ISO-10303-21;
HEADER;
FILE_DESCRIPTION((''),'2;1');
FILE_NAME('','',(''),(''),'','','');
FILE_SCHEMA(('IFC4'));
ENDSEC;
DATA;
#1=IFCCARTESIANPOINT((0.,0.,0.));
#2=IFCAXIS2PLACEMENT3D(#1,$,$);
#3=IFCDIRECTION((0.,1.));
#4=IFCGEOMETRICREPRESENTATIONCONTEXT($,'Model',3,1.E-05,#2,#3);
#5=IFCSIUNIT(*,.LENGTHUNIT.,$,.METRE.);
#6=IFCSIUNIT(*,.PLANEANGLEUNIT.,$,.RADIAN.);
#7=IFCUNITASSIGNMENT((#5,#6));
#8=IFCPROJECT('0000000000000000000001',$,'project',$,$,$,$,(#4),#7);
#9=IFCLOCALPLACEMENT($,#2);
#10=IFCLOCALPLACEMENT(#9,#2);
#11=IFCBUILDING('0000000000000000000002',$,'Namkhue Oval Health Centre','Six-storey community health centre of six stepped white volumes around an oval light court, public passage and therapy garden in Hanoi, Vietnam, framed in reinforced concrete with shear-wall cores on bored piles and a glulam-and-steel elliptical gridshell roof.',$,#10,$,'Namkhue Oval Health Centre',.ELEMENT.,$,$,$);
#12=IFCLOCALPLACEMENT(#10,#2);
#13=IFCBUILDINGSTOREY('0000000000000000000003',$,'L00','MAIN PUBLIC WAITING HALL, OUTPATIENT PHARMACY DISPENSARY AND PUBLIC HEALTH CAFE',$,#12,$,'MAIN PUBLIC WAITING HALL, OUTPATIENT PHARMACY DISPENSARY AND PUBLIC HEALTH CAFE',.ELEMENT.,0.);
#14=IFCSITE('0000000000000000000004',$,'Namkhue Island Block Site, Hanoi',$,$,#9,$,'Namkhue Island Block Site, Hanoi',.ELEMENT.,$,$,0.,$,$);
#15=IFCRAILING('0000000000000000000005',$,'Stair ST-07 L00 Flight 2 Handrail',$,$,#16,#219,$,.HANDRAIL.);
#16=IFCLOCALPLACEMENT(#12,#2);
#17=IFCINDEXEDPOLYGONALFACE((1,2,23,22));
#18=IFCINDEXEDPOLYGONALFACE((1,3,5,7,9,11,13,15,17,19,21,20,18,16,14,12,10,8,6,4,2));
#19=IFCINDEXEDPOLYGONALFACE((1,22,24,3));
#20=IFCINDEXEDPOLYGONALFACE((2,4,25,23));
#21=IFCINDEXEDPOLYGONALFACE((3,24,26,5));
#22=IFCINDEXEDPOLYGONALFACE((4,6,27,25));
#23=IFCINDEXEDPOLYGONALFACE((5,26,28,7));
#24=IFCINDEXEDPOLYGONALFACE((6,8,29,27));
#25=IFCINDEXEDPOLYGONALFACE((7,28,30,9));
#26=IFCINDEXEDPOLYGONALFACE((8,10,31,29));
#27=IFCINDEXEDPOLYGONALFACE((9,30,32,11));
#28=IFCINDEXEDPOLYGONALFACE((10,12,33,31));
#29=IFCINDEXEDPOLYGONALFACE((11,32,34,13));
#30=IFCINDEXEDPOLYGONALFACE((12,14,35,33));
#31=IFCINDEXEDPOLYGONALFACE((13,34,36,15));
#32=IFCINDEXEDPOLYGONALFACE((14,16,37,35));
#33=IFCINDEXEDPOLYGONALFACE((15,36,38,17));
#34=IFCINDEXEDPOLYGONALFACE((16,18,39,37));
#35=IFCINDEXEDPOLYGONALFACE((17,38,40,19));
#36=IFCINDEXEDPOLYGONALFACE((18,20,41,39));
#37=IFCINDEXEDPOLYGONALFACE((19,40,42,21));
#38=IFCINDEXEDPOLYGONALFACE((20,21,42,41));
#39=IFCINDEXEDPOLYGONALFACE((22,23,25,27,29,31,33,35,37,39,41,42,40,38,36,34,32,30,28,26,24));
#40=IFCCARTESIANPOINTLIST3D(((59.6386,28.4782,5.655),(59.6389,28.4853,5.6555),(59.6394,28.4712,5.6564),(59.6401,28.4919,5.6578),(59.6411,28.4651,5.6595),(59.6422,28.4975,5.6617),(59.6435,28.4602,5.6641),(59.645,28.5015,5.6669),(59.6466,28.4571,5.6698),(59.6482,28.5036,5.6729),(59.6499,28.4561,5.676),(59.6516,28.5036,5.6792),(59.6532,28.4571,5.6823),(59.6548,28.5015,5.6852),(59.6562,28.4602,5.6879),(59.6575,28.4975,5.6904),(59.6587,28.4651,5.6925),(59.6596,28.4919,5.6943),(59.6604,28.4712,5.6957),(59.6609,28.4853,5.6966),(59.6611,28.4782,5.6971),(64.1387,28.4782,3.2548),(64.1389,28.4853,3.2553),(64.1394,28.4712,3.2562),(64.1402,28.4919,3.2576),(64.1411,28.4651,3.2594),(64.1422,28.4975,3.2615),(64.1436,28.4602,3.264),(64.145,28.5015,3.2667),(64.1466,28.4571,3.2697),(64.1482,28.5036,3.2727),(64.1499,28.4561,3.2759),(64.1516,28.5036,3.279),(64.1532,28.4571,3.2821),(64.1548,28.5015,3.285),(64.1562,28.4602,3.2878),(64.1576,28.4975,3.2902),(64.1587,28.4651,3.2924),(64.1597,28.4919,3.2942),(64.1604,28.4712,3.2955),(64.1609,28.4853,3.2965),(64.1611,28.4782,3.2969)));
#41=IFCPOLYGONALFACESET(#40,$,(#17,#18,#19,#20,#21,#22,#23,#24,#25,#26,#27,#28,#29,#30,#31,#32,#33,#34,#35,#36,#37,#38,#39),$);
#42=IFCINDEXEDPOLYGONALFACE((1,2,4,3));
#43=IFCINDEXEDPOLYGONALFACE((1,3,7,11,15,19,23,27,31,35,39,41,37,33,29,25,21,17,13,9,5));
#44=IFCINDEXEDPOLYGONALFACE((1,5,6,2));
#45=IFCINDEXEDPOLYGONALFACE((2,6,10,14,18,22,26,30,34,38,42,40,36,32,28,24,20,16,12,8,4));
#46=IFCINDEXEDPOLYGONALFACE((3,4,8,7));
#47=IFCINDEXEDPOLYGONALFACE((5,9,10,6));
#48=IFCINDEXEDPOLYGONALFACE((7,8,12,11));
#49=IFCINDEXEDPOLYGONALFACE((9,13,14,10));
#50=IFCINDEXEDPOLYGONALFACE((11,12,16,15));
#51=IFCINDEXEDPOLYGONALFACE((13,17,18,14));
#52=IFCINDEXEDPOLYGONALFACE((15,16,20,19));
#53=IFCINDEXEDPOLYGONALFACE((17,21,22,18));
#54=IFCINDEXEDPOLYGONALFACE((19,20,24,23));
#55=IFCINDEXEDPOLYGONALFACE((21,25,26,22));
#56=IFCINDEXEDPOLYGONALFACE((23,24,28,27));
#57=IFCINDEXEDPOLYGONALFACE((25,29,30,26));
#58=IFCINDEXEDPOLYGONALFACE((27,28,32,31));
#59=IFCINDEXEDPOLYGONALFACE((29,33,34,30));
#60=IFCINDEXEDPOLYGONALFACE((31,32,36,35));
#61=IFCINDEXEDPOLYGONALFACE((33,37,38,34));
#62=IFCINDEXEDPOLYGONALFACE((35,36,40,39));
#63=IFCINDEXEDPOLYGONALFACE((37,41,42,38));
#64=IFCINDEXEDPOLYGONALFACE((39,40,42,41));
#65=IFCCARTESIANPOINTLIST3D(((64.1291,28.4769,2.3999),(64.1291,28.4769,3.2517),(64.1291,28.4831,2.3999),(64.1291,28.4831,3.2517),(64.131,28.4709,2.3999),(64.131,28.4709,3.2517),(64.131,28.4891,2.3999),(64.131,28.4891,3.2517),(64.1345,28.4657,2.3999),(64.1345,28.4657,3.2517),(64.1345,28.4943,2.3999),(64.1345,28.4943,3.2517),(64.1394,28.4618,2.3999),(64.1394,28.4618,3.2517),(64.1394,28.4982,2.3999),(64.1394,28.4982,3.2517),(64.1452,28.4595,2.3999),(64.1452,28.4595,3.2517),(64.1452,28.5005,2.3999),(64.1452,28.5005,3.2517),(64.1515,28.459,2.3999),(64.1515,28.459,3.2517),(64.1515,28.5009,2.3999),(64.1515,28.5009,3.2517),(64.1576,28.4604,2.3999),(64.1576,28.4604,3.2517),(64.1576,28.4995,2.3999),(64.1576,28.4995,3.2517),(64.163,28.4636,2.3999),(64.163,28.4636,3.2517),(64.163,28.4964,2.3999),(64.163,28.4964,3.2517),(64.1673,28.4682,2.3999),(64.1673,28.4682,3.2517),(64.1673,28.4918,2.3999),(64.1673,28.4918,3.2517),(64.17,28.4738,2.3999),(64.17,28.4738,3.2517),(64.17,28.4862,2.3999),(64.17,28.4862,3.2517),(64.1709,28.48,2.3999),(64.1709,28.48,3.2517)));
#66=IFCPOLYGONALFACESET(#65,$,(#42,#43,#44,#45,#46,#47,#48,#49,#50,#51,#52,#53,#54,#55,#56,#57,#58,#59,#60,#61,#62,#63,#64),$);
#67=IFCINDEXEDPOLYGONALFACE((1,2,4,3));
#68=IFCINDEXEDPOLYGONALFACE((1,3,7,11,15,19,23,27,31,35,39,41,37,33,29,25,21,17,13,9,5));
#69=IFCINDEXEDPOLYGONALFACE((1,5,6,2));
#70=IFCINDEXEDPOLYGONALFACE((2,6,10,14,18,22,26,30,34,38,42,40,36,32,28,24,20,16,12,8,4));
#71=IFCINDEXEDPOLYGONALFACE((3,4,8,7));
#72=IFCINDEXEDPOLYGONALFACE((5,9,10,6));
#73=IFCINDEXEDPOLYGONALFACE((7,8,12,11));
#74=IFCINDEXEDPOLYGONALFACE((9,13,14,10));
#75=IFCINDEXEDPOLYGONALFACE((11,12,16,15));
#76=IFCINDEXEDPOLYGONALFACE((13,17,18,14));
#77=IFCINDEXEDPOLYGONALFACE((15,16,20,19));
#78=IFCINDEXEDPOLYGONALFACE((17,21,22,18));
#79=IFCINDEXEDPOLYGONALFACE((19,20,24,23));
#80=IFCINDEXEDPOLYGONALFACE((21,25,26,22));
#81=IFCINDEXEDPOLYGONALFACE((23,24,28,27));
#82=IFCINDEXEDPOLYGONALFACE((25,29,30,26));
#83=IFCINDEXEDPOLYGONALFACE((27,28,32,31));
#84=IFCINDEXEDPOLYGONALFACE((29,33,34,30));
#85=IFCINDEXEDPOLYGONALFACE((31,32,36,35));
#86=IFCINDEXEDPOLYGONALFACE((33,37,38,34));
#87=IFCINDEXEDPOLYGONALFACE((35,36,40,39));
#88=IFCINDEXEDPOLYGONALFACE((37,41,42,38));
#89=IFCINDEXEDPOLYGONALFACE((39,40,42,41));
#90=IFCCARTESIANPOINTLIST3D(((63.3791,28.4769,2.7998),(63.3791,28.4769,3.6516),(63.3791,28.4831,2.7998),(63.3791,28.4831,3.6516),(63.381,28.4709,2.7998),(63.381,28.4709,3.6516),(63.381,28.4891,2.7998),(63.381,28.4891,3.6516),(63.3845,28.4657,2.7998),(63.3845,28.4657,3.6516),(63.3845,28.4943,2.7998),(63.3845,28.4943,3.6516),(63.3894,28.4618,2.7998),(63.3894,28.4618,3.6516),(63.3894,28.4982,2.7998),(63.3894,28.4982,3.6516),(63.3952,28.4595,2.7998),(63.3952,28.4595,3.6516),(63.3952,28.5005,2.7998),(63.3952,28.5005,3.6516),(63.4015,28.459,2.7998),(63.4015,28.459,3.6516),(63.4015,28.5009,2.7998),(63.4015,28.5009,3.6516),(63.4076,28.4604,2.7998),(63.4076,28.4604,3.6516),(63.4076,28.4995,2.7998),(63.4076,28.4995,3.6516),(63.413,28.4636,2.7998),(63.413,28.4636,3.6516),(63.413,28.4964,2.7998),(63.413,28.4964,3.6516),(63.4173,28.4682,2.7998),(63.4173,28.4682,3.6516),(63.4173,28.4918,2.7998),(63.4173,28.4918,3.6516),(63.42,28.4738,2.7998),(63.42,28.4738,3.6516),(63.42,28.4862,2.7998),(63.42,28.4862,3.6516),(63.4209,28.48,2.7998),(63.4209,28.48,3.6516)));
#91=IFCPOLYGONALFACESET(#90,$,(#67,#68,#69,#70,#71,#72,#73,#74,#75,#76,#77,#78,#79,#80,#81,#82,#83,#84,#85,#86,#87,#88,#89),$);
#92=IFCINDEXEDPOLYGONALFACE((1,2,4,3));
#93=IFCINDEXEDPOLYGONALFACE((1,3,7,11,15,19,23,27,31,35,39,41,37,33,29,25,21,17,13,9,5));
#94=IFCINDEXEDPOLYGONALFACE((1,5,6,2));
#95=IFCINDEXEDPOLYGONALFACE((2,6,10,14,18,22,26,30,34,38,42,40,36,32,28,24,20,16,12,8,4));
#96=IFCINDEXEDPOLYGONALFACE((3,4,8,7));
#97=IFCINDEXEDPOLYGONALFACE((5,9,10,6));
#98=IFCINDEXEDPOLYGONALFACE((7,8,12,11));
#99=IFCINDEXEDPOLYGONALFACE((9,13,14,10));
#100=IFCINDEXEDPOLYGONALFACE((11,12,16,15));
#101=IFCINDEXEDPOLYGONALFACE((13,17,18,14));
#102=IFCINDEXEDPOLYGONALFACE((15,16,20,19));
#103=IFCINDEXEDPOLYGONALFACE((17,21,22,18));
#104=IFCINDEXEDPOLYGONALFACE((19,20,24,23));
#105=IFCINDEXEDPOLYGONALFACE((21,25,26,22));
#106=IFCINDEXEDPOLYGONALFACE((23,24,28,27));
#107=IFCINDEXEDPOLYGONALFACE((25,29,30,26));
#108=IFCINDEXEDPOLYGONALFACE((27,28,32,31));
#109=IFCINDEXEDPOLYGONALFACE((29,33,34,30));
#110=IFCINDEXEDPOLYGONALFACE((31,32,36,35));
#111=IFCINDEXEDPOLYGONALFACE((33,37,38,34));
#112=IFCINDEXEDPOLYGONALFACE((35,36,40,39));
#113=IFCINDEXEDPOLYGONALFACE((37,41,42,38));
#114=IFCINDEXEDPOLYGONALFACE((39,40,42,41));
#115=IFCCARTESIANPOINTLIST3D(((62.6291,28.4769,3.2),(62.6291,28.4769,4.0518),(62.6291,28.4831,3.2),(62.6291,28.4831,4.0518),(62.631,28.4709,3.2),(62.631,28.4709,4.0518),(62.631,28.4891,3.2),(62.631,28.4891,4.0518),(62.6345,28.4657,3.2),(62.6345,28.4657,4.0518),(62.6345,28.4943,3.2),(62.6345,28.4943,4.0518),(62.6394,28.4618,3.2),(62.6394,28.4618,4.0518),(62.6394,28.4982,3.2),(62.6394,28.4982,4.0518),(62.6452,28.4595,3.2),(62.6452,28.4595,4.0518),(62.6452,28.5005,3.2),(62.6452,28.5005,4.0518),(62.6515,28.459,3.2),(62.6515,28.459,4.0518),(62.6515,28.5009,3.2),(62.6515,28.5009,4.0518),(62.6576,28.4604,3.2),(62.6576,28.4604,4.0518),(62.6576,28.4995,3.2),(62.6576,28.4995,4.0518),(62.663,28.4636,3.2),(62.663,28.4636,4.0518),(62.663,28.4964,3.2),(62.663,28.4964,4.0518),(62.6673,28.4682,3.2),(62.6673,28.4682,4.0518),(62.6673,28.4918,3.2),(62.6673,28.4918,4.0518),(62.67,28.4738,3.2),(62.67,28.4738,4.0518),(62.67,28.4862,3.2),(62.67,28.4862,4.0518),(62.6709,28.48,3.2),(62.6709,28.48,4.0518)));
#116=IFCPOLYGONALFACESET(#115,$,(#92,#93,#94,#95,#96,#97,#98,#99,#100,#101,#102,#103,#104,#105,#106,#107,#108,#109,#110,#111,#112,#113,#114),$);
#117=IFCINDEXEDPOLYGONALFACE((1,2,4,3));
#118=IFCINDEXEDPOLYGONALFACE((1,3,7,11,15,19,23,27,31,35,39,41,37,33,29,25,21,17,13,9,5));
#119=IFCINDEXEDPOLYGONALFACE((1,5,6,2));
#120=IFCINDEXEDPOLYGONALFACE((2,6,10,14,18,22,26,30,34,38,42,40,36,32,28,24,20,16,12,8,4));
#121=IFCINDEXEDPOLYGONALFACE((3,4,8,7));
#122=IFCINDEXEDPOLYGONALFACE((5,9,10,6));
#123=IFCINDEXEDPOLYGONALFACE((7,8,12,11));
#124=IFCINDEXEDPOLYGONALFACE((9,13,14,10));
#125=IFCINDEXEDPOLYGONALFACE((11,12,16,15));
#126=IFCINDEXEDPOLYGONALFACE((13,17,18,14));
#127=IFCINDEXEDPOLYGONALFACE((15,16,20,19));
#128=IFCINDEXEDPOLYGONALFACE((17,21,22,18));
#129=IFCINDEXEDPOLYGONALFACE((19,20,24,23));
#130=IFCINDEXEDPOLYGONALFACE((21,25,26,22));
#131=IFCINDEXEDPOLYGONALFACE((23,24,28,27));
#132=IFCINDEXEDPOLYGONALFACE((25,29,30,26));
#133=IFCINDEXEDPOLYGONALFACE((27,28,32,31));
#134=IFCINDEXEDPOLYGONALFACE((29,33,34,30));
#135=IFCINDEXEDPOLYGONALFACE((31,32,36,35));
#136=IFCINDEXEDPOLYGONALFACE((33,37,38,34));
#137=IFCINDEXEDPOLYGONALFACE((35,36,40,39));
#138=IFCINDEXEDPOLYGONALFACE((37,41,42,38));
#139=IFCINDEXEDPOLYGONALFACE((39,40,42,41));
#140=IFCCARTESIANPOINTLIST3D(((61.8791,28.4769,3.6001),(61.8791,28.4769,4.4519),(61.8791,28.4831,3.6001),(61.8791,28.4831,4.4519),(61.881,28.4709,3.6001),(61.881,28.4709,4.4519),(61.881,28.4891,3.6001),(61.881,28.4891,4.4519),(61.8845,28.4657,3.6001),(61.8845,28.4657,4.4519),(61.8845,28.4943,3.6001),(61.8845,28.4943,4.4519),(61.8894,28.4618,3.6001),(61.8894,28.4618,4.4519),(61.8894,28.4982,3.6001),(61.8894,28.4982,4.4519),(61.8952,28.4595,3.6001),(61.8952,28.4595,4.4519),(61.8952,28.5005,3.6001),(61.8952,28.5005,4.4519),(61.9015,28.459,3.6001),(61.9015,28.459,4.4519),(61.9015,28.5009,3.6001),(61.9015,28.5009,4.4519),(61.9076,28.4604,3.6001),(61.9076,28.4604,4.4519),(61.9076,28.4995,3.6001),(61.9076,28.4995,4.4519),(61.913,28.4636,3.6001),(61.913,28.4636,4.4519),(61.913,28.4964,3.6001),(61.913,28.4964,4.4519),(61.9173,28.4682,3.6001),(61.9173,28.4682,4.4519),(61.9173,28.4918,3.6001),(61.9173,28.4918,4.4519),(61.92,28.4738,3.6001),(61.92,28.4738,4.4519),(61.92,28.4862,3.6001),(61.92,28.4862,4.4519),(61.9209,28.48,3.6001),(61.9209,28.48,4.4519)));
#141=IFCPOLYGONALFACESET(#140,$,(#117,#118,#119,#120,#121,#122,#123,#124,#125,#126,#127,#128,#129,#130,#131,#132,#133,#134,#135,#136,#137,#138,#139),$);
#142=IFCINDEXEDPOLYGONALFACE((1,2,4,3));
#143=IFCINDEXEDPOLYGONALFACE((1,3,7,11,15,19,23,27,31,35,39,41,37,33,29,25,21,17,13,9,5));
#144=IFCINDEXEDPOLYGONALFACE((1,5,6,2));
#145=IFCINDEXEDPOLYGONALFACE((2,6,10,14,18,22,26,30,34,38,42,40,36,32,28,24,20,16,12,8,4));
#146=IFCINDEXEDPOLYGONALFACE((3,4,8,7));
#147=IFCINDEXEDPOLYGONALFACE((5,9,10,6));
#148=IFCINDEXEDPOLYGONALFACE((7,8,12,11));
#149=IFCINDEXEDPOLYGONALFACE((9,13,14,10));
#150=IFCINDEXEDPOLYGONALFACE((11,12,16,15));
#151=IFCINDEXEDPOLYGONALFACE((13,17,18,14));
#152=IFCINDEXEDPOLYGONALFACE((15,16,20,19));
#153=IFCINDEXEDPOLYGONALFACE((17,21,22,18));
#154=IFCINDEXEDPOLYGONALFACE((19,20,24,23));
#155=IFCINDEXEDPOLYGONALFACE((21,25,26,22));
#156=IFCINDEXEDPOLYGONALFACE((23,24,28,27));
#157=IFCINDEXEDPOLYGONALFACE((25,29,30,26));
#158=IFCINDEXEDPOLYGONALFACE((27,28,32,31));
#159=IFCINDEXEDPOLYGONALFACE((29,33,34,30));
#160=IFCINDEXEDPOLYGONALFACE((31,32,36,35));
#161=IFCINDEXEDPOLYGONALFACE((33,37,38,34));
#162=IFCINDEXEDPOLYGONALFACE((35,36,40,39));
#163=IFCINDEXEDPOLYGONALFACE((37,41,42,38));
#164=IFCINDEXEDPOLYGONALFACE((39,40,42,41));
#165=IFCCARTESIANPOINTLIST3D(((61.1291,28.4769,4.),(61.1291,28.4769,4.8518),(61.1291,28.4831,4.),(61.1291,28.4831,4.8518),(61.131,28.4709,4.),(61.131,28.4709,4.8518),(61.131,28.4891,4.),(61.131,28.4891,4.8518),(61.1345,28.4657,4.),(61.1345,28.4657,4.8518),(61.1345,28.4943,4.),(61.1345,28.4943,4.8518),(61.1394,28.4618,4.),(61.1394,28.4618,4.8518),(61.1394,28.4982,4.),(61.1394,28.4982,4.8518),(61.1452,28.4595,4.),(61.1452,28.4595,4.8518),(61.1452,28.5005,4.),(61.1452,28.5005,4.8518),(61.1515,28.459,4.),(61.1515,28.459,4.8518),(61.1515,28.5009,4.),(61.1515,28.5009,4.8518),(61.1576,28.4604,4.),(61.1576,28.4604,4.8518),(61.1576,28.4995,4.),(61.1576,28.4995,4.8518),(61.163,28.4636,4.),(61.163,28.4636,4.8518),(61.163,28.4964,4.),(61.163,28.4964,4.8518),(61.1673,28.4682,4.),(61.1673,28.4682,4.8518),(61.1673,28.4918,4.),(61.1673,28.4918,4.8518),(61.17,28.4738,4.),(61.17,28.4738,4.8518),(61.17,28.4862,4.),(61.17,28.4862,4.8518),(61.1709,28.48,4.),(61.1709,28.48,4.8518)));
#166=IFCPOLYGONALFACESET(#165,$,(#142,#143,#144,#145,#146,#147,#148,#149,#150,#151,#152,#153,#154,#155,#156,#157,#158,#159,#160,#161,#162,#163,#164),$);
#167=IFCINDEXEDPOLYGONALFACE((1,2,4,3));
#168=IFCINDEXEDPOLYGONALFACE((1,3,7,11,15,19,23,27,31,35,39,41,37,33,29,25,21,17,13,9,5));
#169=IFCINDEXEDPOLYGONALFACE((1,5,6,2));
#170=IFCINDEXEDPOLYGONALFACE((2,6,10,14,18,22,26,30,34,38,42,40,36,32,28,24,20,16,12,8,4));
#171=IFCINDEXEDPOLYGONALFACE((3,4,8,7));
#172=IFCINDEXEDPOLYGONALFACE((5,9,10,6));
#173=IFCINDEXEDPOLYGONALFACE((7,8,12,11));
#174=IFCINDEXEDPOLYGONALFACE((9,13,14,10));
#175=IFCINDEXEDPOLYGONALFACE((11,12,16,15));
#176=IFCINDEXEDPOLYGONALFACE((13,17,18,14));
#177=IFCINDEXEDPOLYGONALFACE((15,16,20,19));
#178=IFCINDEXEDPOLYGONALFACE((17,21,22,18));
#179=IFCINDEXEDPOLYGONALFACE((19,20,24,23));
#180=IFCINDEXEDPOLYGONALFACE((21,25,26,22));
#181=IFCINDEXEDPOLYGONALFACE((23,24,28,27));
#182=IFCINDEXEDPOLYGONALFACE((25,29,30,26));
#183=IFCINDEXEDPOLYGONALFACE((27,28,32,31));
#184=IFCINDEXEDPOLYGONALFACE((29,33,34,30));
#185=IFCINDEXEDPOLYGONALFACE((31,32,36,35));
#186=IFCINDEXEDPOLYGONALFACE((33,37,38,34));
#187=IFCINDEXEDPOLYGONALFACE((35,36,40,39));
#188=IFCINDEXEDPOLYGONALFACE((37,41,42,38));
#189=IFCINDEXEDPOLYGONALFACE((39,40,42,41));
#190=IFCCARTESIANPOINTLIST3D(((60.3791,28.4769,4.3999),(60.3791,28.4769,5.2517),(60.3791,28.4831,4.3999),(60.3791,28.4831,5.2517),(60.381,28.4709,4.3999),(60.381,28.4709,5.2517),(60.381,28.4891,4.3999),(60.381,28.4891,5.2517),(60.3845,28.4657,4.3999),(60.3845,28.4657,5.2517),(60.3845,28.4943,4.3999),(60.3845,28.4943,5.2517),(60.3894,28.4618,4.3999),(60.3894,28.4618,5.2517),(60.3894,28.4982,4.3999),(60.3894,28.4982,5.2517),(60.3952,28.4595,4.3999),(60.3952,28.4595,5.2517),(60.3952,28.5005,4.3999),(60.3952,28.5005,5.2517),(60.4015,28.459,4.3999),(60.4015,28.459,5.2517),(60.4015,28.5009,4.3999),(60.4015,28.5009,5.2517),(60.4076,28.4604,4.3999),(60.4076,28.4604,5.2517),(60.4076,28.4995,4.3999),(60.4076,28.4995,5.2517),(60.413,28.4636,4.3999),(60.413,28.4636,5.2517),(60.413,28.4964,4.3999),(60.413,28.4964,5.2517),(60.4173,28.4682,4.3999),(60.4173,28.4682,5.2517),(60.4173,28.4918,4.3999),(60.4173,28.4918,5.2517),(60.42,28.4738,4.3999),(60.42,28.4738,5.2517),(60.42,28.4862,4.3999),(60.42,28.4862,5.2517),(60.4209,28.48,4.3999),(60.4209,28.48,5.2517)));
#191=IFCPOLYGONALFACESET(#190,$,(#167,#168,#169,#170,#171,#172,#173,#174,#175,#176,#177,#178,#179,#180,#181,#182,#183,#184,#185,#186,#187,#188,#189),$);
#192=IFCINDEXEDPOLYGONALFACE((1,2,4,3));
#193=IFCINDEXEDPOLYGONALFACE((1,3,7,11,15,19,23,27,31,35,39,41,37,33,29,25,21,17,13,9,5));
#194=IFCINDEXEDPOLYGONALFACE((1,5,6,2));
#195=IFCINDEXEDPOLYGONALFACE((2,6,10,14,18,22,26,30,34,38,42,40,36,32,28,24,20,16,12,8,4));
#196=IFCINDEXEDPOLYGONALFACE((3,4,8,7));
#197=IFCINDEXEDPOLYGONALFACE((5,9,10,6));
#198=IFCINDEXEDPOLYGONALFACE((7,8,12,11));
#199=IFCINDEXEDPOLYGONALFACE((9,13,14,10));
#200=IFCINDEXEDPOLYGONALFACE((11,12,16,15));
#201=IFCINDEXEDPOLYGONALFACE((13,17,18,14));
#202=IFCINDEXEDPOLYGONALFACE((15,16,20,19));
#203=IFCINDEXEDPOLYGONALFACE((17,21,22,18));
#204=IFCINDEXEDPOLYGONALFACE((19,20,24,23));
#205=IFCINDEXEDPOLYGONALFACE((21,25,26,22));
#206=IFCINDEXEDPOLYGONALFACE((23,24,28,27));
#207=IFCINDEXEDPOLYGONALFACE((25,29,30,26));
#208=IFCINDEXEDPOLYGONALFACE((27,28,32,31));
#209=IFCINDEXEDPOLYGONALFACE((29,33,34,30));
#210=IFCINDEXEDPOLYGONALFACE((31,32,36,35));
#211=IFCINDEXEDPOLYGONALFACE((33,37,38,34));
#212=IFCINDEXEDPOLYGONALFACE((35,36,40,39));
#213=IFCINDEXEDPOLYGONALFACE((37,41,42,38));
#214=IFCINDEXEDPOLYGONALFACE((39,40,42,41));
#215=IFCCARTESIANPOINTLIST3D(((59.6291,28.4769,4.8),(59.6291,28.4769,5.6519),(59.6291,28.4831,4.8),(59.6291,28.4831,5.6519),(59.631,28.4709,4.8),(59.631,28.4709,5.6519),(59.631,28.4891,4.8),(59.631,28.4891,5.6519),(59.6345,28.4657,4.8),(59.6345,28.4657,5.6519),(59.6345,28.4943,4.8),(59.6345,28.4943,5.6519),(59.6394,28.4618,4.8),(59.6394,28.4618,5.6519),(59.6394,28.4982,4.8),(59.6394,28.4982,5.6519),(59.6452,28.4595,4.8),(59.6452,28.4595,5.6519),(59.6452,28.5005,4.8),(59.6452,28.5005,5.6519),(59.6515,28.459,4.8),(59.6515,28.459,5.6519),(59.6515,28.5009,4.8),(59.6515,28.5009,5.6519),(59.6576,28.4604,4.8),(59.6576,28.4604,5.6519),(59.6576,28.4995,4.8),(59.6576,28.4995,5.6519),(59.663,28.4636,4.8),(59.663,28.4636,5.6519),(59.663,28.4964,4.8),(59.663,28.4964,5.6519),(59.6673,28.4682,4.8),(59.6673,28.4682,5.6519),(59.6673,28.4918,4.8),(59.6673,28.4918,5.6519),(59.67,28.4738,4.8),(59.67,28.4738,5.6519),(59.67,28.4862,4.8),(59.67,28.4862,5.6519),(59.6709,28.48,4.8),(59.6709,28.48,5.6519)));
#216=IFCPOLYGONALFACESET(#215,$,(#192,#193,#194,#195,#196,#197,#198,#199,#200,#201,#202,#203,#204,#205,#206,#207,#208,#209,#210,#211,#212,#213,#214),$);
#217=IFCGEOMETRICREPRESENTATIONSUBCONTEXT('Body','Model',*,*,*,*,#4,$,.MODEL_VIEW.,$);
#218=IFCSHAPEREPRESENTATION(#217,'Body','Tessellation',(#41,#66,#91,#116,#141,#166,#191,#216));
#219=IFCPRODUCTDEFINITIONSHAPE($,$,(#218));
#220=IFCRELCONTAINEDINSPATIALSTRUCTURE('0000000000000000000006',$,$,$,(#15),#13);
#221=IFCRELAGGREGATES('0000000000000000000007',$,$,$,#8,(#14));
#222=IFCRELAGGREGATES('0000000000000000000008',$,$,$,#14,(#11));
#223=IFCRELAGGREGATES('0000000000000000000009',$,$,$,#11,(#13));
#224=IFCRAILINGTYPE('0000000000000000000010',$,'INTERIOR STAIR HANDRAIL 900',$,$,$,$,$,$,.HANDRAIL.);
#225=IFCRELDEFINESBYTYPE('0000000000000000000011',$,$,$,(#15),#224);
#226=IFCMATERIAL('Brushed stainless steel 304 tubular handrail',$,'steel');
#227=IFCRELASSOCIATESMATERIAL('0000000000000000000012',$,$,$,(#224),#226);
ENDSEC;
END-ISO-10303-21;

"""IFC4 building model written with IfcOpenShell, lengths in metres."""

from ifc_helpers import new_model, si_unit, direction, frame, origin, origin_2d, place, context, subcontext, project, spatial, circle, extrude, material, type_object, element, save


model = new_model("IFC4")

# Units and contexts
model_context = context("Model", 3, precision=1e-05, world=origin(), true_north=direction((0.0, 1.0)))
body_context = subcontext(model_context, "Body", "Model", "MODEL_VIEW")
ifc_project = project(units=[si_unit("LENGTHUNIT", "METRE"), si_unit("PLANEANGLEUNIT", "RADIAN")], contexts=[model_context])

# Site, building, storey
site_placement = place(None, origin())
site = spatial("IfcSite", under=ifc_project, at=site_placement, Name="Namkhue Island Block Site, Hanoi", LongName="Namkhue Island Block Site, Hanoi", CompositionType="ELEMENT", RefElevation=0.0)
building_placement = place(site_placement, origin())
building = spatial("IfcBuilding", under=site, at=building_placement, Name="Namkhue Oval Health Centre", Description="Six-storey community health centre of six stepped white volumes around an oval light court, public passage and therapy garden in Hanoi, Vietnam, framed in reinforced concrete with shear-wall cores on bored piles and a glulam-and-steel elliptical gridshell roof.", LongName="Namkhue Oval Health Centre", CompositionType="ELEMENT")
storey_placement = place(building_placement, origin())
storey = spatial("IfcBuildingStorey", under=building, at=storey_placement, Name="L00", Description="MAIN PUBLIC WAITING HALL, OUTPATIENT PHARMACY DISPENSARY AND PUBLIC HEALTH CAFE", LongName="MAIN PUBLIC WAITING HALL, OUTPATIENT PHARMACY DISPENSARY AND PUBLIC HEALTH CAFE", CompositionType="ELEMENT", Elevation=0.0)

# Railing
ifc_material_1 = material(Name="Brushed stainless steel 304 tubular handrail", Category="steel")
railing_type_1 = type_object("IfcRailingType", Name="INTERIOR STAIR HANDRAIL 900", PredefinedType="HANDRAIL", material=ifc_material_1)
railing_1_placement = place(storey_placement, frame((64.1499, 28.48, 2.3999)))
element("IfcRailing", 1, at=railing_1_placement, inside=storey, type_object=railing_type_1, Name="Stair ST-07 L00 Flight 2 Handrail", PredefinedType="HANDRAIL", context=body_context, shape_type="SweptSolid", body=[
    extrude(circle(Radius=0.0239, at=origin_2d()), frame((0.0, 0.0, 0.876), z_axis=(-0.882341, 0.0, 0.470611), x_axis=(0.0, -1.0, 0.0)), (0.0, 0.0, 1.0), 5.1001),
    extrude(circle(Radius=0.021, at=origin_2d()), origin(), (0.0, 0.0, 1.0), 0.8518),
    extrude(circle(Radius=0.021, at=origin_2d()), frame((-0.75, 0.0, 0.3999)), (0.0, 0.0, 1.0), 0.8518),
    extrude(circle(Radius=0.021, at=origin_2d()), frame((-1.5, 0.0, 0.8)), (0.0, 0.0, 1.0), 0.8518),
    extrude(circle(Radius=0.021, at=origin_2d()), frame((-2.25, 0.0, 1.2002)), (0.0, 0.0, 1.0), 0.8518),
    extrude(circle(Radius=0.021, at=origin_2d()), frame((-3.0, 0.0, 1.6001)), (0.0, 0.0, 1.0), 0.8518),
    extrude(circle(Radius=0.021, at=origin_2d()), frame((-3.75, 0.0, 2.0)), (0.0, 0.0, 1.0), 0.8518),
    extrude(circle(Radius=0.021, at=origin_2d()), frame((-4.5, 0.0, 2.4001)), (0.0, 0.0, 1.0), 0.8518),
])

save(model, "model.ifc")
